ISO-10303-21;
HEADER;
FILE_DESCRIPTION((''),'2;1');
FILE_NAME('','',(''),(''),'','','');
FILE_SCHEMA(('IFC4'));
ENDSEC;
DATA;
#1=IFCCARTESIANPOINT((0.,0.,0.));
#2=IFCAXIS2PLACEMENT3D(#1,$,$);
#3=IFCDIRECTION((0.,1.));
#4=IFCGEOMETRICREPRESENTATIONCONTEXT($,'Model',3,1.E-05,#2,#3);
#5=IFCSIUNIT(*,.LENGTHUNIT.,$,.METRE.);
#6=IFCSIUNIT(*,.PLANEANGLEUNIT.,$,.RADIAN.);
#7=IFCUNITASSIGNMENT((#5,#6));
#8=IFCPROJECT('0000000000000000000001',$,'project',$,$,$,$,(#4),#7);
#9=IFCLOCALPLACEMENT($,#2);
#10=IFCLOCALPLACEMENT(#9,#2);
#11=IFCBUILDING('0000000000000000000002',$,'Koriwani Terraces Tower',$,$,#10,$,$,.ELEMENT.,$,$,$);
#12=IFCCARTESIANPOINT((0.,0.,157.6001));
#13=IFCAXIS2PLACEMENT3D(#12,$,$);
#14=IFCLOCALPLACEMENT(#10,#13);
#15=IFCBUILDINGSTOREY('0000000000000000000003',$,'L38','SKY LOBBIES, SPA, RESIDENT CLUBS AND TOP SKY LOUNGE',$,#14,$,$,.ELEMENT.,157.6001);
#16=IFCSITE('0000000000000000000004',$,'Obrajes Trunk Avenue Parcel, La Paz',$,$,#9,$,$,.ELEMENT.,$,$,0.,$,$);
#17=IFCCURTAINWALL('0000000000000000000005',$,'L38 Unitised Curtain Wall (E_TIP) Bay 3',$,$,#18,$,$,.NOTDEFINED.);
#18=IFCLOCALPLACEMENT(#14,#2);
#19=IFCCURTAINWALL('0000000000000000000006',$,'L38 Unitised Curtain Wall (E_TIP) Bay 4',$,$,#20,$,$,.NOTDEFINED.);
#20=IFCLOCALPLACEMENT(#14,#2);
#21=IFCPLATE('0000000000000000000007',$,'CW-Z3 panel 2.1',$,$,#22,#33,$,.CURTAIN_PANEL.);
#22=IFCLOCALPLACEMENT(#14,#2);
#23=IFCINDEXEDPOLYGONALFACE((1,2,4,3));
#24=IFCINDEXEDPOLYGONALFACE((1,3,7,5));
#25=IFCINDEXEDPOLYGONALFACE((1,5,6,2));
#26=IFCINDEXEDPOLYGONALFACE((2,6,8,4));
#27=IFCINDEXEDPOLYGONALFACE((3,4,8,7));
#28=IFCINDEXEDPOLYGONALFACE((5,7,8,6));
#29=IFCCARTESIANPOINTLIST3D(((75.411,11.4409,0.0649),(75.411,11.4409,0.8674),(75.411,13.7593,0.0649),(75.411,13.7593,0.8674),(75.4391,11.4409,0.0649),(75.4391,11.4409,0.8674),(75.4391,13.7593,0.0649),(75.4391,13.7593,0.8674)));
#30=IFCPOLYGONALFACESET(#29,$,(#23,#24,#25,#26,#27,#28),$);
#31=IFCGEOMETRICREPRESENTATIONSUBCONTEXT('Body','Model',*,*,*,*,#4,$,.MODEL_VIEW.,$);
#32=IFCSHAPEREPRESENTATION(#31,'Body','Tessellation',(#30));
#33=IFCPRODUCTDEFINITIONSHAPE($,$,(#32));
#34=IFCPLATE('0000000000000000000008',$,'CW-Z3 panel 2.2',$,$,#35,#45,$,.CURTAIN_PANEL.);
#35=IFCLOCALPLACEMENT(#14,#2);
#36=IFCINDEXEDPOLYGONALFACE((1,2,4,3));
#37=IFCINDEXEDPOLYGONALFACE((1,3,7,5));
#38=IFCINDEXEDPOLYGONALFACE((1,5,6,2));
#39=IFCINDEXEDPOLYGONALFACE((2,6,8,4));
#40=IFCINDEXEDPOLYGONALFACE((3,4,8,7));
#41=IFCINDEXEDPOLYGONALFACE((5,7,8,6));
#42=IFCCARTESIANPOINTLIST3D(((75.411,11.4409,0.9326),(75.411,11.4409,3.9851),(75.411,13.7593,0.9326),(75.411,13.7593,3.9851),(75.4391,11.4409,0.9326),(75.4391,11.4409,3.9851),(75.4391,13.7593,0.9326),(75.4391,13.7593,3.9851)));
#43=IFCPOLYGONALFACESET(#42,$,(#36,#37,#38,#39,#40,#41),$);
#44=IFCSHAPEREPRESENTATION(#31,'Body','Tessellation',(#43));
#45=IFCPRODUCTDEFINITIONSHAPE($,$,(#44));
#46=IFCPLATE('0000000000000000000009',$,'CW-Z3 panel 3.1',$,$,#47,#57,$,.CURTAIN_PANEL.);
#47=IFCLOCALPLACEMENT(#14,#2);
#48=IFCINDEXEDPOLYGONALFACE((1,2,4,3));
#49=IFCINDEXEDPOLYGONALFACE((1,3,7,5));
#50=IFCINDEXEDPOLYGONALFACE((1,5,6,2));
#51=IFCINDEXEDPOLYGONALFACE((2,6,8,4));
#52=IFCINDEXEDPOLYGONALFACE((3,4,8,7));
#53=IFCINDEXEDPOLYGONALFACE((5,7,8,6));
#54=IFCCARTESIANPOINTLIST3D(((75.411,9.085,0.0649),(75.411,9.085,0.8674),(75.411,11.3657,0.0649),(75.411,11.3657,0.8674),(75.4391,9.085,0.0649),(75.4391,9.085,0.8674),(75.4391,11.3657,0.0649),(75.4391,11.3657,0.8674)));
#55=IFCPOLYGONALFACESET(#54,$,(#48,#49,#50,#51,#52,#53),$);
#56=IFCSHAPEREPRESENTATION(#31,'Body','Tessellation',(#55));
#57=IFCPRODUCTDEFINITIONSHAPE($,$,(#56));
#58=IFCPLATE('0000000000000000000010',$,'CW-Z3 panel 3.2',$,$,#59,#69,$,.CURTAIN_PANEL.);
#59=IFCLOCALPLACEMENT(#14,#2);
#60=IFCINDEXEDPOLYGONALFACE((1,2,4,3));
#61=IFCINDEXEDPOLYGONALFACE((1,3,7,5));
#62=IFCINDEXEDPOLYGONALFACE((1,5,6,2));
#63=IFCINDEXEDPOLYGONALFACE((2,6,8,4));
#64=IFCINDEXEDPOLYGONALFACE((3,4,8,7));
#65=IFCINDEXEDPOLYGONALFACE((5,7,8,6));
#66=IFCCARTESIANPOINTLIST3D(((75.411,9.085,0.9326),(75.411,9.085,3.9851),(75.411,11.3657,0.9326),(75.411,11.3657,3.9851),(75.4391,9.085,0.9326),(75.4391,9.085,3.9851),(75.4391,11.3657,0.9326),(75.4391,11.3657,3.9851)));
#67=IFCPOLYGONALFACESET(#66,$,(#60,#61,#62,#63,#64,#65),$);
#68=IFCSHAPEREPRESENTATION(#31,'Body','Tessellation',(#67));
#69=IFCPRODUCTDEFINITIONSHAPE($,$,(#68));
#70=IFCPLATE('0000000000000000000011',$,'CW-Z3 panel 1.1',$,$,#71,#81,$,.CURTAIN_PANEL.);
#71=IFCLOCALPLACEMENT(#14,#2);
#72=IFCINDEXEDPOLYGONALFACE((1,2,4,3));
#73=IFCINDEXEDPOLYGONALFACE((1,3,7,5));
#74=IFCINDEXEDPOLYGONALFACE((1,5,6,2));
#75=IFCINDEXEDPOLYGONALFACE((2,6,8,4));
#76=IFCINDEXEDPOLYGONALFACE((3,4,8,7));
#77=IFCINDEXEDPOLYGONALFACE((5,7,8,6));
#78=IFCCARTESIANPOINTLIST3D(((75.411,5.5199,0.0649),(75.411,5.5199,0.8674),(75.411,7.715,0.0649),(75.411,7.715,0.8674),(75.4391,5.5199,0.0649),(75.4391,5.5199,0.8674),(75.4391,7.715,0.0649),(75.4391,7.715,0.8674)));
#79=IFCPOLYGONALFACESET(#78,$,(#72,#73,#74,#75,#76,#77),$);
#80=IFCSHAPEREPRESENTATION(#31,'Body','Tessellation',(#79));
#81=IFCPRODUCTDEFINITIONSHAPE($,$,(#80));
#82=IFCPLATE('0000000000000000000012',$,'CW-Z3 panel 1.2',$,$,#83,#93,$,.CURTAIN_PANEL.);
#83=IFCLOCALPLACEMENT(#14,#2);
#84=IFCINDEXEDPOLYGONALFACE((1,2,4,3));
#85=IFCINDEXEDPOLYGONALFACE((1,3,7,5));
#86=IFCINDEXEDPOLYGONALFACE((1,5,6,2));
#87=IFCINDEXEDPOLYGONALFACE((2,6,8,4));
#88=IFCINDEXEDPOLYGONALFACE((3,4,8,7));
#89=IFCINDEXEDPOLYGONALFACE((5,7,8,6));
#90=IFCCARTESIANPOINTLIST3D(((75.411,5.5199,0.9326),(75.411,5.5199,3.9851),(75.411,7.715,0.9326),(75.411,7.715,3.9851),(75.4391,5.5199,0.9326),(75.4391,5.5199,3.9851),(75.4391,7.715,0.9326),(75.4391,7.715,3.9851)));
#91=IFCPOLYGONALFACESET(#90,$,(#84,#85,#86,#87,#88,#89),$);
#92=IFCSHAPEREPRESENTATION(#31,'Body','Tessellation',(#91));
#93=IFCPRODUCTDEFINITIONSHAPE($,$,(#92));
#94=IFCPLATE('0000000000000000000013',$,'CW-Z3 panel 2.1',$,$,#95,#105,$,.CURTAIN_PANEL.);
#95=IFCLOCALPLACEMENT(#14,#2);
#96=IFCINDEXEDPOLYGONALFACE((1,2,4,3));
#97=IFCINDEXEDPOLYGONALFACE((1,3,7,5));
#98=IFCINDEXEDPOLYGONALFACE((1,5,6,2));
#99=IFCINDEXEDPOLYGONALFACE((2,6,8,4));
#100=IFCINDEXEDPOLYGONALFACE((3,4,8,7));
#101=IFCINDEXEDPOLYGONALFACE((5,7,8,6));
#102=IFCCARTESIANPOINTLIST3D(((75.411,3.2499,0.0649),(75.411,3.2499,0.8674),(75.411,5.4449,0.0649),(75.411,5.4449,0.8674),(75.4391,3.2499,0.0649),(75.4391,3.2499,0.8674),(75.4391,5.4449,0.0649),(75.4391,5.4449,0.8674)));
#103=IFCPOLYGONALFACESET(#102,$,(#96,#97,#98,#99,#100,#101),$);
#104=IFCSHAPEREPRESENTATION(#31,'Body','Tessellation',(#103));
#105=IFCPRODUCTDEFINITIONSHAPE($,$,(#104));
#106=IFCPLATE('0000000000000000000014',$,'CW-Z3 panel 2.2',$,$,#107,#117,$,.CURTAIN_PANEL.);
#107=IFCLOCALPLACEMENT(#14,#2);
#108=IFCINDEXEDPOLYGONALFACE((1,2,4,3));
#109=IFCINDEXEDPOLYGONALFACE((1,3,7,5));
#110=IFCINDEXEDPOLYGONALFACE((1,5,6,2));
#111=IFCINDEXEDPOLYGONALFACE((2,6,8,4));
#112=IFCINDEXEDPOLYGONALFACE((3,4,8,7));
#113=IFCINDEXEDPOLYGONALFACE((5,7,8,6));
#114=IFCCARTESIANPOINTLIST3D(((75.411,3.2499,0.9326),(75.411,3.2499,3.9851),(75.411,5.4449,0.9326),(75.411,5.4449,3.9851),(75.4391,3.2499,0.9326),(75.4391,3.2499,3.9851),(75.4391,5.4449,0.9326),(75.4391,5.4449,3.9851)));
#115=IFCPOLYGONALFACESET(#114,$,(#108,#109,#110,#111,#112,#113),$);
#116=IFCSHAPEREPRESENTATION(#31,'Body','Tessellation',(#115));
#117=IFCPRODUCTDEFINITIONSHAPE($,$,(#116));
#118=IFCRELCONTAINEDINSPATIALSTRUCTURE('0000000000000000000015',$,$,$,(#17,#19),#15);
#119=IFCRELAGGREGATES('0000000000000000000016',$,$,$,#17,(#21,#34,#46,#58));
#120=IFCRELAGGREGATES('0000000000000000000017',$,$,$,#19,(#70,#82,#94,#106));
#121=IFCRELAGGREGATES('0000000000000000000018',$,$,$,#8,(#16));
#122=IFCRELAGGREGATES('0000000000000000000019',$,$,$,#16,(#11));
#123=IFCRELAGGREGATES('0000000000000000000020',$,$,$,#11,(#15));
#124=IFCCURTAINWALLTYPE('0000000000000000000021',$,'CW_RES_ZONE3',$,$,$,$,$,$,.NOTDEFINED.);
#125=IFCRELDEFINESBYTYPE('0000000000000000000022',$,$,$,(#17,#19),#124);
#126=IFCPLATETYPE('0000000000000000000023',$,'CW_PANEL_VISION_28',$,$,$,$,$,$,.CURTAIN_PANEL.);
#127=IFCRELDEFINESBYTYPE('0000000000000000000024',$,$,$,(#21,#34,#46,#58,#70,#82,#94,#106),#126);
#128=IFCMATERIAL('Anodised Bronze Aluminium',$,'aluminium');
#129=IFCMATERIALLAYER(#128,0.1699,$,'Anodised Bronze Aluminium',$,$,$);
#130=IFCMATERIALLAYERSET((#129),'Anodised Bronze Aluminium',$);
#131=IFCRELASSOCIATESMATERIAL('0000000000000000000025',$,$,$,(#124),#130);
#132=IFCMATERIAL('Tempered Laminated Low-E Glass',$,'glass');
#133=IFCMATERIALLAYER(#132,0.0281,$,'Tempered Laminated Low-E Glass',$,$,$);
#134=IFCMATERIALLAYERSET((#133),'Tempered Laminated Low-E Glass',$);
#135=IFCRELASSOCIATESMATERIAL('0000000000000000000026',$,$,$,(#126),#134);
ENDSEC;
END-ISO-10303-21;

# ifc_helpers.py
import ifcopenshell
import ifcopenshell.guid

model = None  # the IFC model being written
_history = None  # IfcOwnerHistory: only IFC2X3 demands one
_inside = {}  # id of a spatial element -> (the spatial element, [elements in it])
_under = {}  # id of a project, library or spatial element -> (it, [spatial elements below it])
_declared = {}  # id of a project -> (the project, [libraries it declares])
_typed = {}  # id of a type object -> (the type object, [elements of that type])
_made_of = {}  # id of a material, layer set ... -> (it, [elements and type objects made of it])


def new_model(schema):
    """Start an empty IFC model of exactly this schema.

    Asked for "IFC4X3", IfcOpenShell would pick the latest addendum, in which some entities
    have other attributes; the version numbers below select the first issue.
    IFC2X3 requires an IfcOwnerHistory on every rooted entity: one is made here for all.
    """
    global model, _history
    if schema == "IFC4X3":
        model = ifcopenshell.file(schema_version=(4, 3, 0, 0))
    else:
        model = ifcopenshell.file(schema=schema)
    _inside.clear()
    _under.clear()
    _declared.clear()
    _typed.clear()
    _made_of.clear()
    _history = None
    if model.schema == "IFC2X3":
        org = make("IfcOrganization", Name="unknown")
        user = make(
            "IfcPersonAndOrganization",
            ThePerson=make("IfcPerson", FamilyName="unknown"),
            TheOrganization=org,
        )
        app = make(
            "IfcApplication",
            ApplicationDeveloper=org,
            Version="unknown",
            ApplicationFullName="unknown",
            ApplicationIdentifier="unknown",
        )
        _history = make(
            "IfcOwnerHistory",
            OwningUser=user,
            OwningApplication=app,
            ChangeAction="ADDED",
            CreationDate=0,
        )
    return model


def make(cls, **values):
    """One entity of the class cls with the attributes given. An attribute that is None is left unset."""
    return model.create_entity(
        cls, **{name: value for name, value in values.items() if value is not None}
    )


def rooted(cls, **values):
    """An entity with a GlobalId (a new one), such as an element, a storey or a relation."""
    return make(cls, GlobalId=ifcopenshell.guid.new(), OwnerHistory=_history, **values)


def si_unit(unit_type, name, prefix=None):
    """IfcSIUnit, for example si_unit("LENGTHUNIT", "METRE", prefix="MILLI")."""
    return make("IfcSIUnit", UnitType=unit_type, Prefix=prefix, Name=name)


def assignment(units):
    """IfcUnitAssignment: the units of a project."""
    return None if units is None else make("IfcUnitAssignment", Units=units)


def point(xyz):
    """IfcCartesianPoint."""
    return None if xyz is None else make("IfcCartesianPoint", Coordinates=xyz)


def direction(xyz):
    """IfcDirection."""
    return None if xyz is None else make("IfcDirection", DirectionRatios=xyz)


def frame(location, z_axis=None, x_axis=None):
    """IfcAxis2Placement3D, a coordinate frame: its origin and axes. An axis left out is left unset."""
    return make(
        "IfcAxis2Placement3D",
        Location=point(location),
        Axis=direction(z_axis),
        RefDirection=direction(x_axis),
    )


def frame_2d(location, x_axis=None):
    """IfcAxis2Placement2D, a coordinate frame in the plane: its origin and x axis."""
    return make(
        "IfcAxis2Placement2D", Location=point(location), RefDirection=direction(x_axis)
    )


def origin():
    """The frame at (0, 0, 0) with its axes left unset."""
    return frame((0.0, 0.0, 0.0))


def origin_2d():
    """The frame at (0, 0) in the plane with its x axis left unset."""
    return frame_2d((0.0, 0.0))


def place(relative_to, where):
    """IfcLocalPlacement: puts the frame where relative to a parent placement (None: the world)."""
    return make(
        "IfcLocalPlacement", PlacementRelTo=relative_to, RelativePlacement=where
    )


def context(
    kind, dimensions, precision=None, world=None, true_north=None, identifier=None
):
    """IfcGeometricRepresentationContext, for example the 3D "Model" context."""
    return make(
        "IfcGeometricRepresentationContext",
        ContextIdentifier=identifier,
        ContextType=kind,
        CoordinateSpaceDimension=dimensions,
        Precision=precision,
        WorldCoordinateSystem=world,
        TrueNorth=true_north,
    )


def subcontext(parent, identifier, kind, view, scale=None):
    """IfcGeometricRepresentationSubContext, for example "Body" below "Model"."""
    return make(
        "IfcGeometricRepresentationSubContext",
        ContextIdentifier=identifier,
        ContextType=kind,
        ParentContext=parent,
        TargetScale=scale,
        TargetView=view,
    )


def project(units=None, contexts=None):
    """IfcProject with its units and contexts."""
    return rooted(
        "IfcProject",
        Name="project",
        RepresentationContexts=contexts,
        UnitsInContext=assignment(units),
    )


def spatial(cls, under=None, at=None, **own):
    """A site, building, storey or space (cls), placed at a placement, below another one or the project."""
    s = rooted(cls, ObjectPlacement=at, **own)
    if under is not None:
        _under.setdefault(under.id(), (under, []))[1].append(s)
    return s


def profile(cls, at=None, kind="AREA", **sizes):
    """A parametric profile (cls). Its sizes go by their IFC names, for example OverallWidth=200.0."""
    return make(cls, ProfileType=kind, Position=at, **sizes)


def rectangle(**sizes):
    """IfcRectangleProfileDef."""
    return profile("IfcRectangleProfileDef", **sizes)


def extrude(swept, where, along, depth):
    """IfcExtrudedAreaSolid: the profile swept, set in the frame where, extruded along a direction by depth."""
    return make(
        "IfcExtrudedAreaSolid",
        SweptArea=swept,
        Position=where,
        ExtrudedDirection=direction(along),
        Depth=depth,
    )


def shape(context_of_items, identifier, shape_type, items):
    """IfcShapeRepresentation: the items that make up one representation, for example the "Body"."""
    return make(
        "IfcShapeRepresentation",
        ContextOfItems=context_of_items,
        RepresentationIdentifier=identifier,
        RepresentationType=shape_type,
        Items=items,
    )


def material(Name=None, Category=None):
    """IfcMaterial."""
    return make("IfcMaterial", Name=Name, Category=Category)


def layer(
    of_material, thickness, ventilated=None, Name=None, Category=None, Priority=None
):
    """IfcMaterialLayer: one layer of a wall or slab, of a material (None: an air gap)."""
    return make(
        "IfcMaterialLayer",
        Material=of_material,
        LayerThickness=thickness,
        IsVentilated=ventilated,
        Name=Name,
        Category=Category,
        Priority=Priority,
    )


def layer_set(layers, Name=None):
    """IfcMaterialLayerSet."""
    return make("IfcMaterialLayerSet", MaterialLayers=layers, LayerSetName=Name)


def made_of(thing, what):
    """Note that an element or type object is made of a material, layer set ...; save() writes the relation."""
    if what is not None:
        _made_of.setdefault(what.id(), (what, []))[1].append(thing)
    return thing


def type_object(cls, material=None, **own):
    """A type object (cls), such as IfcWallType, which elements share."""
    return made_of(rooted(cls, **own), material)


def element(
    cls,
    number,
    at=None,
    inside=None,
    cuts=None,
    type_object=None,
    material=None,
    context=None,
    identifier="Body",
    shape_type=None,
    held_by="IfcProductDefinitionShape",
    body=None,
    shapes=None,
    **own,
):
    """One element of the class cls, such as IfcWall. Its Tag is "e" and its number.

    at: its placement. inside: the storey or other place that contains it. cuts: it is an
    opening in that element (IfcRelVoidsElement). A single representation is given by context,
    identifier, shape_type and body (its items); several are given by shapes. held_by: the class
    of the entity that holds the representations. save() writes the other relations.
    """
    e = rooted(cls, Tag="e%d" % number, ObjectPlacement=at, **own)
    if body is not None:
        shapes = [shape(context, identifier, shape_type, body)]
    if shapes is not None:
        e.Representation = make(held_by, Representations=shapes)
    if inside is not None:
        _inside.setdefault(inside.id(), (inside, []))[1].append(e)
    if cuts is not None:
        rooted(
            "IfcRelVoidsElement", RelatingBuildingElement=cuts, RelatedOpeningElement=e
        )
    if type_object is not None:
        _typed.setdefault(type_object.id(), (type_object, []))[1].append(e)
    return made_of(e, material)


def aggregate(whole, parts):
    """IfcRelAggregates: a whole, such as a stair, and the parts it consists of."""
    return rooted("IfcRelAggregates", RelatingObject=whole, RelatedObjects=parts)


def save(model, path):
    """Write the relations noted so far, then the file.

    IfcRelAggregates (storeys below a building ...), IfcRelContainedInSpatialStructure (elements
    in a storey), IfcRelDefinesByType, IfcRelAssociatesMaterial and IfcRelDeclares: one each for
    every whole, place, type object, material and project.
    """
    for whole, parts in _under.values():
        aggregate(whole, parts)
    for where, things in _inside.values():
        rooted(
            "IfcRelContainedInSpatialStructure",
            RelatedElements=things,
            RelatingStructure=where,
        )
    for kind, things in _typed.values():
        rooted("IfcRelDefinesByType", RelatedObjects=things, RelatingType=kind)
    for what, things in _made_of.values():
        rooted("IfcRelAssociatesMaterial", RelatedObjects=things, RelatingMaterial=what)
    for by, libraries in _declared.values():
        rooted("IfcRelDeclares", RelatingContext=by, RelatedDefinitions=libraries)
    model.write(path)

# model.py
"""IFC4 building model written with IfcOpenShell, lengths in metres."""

from ifc_helpers import new_model, si_unit, direction, frame, origin, origin_2d, place, context, subcontext, project, spatial, rectangle, extrude, material, layer, layer_set, type_object, element, aggregate, save


model = new_model("IFC4")

# Units and contexts
model_context = context("Model", 3, precision=1e-05, world=origin(), true_north=direction((0.0, 1.0)))
body_context = subcontext(model_context, "Body", "Model", "MODEL_VIEW")
ifc_project = project(units=[si_unit("LENGTHUNIT", "METRE"), si_unit("PLANEANGLEUNIT", "RADIAN")], contexts=[model_context])

# Site, building, storey
site_placement = place(None, origin())
site = spatial("IfcSite", under=ifc_project, at=site_placement, Name="Obrajes Trunk Avenue Parcel, La Paz", CompositionType="ELEMENT", RefElevation=0.0)
building_placement = place(site_placement, origin())
building = spatial("IfcBuilding", under=site, at=building_placement, Name="Koriwani Terraces Tower", CompositionType="ELEMENT")
storey_placement = place(building_placement, frame((0.0, 0.0, 157.6001)))
storey = spatial("IfcBuildingStorey", under=building, at=storey_placement, Name="L38", Description="SKY LOBBIES, SPA, RESIDENT CLUBS AND TOP SKY LOUNGE", CompositionType="ELEMENT", Elevation=157.6001)

# Curtain walls
ifc_material_1 = material(Name="Anodised Bronze Aluminium", Category="aluminium")
ifc_layer_1 = layer(ifc_material_1, 0.1699, Name="Anodised Bronze Aluminium")
ifc_layer_set_1 = layer_set([ifc_layer_1], Name="Anodised Bronze Aluminium")
curtain_wall_type = type_object("IfcCurtainWallType", Name="CW_RES_ZONE3", PredefinedType="NOTDEFINED", material=ifc_layer_set_1)
curtain_wall_1_placement = place(storey_placement, origin())
curtain_wall_1 = element("IfcCurtainWall", 1, at=curtain_wall_1_placement, inside=storey, type_object=curtain_wall_type, Name="L38 Unitised Curtain Wall (E_TIP) Bay 3", PredefinedType="NOTDEFINED")
curtain_wall_2_placement = place(storey_placement, origin())
curtain_wall_2 = element("IfcCurtainWall", 2, at=curtain_wall_2_placement, inside=storey, type_object=curtain_wall_type, Name="L38 Unitised Curtain Wall (E_TIP) Bay 4", PredefinedType="NOTDEFINED")

# Plates
ifc_material_2 = material(Name="Tempered Laminated Low-E Glass", Category="glass")
ifc_layer_2 = layer(ifc_material_2, 0.0281, Name="Tempered Laminated Low-E Glass")
ifc_layer_set_2 = layer_set([ifc_layer_2], Name="Tempered Laminated Low-E Glass")
plate_type = type_object("IfcPlateType", Name="CW_PANEL_VISION_28", PredefinedType="CURTAIN_PANEL", material=ifc_layer_set_2)
plate_1_placement = place(storey_placement, frame((75.425, 12.6001, 0.0649), z_axis=(0.0, 0.0, 1.0), x_axis=(0.0, -1.0, 0.0)))
plate_1 = element("IfcPlate", 3, at=plate_1_placement, type_object=plate_type, Name="CW-Z3 panel 2.1", PredefinedType="CURTAIN_PANEL", context=body_context, shape_type="SweptSolid", body=[
    extrude(rectangle(XDim=2.3184, YDim=0.0281, at=origin_2d()), origin(), (0.0, 0.0, 1.0), 0.8025),
])
plate_2_placement = place(storey_placement, frame((75.425, 12.6001, 0.9326), z_axis=(0.0, 0.0, 1.0), x_axis=(0.0, -1.0, 0.0)))
plate_2 = element("IfcPlate", 4, at=plate_2_placement, type_object=plate_type, Name="CW-Z3 panel 2.2", PredefinedType="CURTAIN_PANEL", context=body_context, shape_type="SweptSolid", body=[
    extrude(rectangle(XDim=2.3184, YDim=0.0281, at=origin_2d()), origin(), (0.0, 0.0, 1.0), 3.0525),
])
plate_3_placement = place(storey_placement, frame((75.425, 10.2253, 0.0649), z_axis=(0.0, 0.0, 1.0), x_axis=(0.0, -1.0, 0.0)))
plate_3 = element("IfcPlate", 5, at=plate_3_placement, type_object=plate_type, Name="CW-Z3 panel 3.1", PredefinedType="CURTAIN_PANEL", context=body_context, shape_type="SweptSolid", body=[
    extrude(rectangle(XDim=2.2808, YDim=0.0281, at=origin_2d()), origin(), (0.0, 0.0, 1.0), 0.8025),
])
plate_4_placement = place(storey_placement, frame((75.425, 10.2253, 0.9326), z_axis=(0.0, 0.0, 1.0), x_axis=(0.0, -1.0, 0.0)))
plate_4 = element("IfcPlate", 6, at=plate_4_placement, type_object=plate_type, Name="CW-Z3 panel 3.2", PredefinedType="CURTAIN_PANEL", context=body_context, shape_type="SweptSolid", body=[
    extrude(rectangle(XDim=2.2808, YDim=0.0281, at=origin_2d()), origin(), (0.0, 0.0, 1.0), 3.0525),
])
aggregate(curtain_wall_1, [plate_1, plate_2, plate_3, plate_4])
plate_5_placement = place(storey_placement, frame((75.425, 6.6174, 0.0649), z_axis=(0.0, 0.0, 1.0), x_axis=(0.0, -1.0, 0.0)))
plate_5 = element("IfcPlate", 7, at=plate_5_placement, type_object=plate_type, Name="CW-Z3 panel 1.1", PredefinedType="CURTAIN_PANEL", context=body_context, shape_type="SweptSolid", body=[
    extrude(rectangle(XDim=2.1951, YDim=0.0281, at=origin_2d()), origin(), (0.0, 0.0, 1.0), 0.8025),
])
plate_6_placement = place(storey_placement, frame((75.425, 6.6174, 0.9326), z_axis=(0.0, 0.0, 1.0), x_axis=(0.0, -1.0, 0.0)))
plate_6 = element("IfcPlate", 8, at=plate_6_placement, type_object=plate_type, Name="CW-Z3 panel 1.2", PredefinedType="CURTAIN_PANEL", context=body_context, shape_type="SweptSolid", body=[
    extrude(rectangle(XDim=2.1951, YDim=0.0281, at=origin_2d()), origin(), (0.0, 0.0, 1.0), 3.0525),
])
plate_7_placement = place(storey_placement, frame((75.425, 4.3474, 0.0649), z_axis=(0.0, 0.0, 1.0), x_axis=(0.0, -1.0, 0.0)))
plate_7 = element("IfcPlate", 9, at=plate_7_placement, type_object=plate_type, Name="CW-Z3 panel 2.1", PredefinedType="CURTAIN_PANEL", context=body_context, shape_type="SweptSolid", body=[
    extrude(rectangle(XDim=2.1951, YDim=0.0281, at=origin_2d()), origin(), (0.0, 0.0, 1.0), 0.8025),
])
plate_8_placement = place(storey_placement, frame((75.425, 4.3474, 0.9326), z_axis=(0.0, 0.0, 1.0), x_axis=(0.0, -1.0, 0.0)))
plate_8 = element("IfcPlate", 10, at=plate_8_placement, type_object=plate_type, Name="CW-Z3 panel 2.2", PredefinedType="CURTAIN_PANEL", context=body_context, shape_type="SweptSolid", body=[
    extrude(rectangle(XDim=2.1951, YDim=0.0281, at=origin_2d()), origin(), (0.0, 0.0, 1.0), 3.0525),
])
aggregate(curtain_wall_2, [plate_5, plate_6, plate_7, plate_8])

save(model, "model.ifc")
